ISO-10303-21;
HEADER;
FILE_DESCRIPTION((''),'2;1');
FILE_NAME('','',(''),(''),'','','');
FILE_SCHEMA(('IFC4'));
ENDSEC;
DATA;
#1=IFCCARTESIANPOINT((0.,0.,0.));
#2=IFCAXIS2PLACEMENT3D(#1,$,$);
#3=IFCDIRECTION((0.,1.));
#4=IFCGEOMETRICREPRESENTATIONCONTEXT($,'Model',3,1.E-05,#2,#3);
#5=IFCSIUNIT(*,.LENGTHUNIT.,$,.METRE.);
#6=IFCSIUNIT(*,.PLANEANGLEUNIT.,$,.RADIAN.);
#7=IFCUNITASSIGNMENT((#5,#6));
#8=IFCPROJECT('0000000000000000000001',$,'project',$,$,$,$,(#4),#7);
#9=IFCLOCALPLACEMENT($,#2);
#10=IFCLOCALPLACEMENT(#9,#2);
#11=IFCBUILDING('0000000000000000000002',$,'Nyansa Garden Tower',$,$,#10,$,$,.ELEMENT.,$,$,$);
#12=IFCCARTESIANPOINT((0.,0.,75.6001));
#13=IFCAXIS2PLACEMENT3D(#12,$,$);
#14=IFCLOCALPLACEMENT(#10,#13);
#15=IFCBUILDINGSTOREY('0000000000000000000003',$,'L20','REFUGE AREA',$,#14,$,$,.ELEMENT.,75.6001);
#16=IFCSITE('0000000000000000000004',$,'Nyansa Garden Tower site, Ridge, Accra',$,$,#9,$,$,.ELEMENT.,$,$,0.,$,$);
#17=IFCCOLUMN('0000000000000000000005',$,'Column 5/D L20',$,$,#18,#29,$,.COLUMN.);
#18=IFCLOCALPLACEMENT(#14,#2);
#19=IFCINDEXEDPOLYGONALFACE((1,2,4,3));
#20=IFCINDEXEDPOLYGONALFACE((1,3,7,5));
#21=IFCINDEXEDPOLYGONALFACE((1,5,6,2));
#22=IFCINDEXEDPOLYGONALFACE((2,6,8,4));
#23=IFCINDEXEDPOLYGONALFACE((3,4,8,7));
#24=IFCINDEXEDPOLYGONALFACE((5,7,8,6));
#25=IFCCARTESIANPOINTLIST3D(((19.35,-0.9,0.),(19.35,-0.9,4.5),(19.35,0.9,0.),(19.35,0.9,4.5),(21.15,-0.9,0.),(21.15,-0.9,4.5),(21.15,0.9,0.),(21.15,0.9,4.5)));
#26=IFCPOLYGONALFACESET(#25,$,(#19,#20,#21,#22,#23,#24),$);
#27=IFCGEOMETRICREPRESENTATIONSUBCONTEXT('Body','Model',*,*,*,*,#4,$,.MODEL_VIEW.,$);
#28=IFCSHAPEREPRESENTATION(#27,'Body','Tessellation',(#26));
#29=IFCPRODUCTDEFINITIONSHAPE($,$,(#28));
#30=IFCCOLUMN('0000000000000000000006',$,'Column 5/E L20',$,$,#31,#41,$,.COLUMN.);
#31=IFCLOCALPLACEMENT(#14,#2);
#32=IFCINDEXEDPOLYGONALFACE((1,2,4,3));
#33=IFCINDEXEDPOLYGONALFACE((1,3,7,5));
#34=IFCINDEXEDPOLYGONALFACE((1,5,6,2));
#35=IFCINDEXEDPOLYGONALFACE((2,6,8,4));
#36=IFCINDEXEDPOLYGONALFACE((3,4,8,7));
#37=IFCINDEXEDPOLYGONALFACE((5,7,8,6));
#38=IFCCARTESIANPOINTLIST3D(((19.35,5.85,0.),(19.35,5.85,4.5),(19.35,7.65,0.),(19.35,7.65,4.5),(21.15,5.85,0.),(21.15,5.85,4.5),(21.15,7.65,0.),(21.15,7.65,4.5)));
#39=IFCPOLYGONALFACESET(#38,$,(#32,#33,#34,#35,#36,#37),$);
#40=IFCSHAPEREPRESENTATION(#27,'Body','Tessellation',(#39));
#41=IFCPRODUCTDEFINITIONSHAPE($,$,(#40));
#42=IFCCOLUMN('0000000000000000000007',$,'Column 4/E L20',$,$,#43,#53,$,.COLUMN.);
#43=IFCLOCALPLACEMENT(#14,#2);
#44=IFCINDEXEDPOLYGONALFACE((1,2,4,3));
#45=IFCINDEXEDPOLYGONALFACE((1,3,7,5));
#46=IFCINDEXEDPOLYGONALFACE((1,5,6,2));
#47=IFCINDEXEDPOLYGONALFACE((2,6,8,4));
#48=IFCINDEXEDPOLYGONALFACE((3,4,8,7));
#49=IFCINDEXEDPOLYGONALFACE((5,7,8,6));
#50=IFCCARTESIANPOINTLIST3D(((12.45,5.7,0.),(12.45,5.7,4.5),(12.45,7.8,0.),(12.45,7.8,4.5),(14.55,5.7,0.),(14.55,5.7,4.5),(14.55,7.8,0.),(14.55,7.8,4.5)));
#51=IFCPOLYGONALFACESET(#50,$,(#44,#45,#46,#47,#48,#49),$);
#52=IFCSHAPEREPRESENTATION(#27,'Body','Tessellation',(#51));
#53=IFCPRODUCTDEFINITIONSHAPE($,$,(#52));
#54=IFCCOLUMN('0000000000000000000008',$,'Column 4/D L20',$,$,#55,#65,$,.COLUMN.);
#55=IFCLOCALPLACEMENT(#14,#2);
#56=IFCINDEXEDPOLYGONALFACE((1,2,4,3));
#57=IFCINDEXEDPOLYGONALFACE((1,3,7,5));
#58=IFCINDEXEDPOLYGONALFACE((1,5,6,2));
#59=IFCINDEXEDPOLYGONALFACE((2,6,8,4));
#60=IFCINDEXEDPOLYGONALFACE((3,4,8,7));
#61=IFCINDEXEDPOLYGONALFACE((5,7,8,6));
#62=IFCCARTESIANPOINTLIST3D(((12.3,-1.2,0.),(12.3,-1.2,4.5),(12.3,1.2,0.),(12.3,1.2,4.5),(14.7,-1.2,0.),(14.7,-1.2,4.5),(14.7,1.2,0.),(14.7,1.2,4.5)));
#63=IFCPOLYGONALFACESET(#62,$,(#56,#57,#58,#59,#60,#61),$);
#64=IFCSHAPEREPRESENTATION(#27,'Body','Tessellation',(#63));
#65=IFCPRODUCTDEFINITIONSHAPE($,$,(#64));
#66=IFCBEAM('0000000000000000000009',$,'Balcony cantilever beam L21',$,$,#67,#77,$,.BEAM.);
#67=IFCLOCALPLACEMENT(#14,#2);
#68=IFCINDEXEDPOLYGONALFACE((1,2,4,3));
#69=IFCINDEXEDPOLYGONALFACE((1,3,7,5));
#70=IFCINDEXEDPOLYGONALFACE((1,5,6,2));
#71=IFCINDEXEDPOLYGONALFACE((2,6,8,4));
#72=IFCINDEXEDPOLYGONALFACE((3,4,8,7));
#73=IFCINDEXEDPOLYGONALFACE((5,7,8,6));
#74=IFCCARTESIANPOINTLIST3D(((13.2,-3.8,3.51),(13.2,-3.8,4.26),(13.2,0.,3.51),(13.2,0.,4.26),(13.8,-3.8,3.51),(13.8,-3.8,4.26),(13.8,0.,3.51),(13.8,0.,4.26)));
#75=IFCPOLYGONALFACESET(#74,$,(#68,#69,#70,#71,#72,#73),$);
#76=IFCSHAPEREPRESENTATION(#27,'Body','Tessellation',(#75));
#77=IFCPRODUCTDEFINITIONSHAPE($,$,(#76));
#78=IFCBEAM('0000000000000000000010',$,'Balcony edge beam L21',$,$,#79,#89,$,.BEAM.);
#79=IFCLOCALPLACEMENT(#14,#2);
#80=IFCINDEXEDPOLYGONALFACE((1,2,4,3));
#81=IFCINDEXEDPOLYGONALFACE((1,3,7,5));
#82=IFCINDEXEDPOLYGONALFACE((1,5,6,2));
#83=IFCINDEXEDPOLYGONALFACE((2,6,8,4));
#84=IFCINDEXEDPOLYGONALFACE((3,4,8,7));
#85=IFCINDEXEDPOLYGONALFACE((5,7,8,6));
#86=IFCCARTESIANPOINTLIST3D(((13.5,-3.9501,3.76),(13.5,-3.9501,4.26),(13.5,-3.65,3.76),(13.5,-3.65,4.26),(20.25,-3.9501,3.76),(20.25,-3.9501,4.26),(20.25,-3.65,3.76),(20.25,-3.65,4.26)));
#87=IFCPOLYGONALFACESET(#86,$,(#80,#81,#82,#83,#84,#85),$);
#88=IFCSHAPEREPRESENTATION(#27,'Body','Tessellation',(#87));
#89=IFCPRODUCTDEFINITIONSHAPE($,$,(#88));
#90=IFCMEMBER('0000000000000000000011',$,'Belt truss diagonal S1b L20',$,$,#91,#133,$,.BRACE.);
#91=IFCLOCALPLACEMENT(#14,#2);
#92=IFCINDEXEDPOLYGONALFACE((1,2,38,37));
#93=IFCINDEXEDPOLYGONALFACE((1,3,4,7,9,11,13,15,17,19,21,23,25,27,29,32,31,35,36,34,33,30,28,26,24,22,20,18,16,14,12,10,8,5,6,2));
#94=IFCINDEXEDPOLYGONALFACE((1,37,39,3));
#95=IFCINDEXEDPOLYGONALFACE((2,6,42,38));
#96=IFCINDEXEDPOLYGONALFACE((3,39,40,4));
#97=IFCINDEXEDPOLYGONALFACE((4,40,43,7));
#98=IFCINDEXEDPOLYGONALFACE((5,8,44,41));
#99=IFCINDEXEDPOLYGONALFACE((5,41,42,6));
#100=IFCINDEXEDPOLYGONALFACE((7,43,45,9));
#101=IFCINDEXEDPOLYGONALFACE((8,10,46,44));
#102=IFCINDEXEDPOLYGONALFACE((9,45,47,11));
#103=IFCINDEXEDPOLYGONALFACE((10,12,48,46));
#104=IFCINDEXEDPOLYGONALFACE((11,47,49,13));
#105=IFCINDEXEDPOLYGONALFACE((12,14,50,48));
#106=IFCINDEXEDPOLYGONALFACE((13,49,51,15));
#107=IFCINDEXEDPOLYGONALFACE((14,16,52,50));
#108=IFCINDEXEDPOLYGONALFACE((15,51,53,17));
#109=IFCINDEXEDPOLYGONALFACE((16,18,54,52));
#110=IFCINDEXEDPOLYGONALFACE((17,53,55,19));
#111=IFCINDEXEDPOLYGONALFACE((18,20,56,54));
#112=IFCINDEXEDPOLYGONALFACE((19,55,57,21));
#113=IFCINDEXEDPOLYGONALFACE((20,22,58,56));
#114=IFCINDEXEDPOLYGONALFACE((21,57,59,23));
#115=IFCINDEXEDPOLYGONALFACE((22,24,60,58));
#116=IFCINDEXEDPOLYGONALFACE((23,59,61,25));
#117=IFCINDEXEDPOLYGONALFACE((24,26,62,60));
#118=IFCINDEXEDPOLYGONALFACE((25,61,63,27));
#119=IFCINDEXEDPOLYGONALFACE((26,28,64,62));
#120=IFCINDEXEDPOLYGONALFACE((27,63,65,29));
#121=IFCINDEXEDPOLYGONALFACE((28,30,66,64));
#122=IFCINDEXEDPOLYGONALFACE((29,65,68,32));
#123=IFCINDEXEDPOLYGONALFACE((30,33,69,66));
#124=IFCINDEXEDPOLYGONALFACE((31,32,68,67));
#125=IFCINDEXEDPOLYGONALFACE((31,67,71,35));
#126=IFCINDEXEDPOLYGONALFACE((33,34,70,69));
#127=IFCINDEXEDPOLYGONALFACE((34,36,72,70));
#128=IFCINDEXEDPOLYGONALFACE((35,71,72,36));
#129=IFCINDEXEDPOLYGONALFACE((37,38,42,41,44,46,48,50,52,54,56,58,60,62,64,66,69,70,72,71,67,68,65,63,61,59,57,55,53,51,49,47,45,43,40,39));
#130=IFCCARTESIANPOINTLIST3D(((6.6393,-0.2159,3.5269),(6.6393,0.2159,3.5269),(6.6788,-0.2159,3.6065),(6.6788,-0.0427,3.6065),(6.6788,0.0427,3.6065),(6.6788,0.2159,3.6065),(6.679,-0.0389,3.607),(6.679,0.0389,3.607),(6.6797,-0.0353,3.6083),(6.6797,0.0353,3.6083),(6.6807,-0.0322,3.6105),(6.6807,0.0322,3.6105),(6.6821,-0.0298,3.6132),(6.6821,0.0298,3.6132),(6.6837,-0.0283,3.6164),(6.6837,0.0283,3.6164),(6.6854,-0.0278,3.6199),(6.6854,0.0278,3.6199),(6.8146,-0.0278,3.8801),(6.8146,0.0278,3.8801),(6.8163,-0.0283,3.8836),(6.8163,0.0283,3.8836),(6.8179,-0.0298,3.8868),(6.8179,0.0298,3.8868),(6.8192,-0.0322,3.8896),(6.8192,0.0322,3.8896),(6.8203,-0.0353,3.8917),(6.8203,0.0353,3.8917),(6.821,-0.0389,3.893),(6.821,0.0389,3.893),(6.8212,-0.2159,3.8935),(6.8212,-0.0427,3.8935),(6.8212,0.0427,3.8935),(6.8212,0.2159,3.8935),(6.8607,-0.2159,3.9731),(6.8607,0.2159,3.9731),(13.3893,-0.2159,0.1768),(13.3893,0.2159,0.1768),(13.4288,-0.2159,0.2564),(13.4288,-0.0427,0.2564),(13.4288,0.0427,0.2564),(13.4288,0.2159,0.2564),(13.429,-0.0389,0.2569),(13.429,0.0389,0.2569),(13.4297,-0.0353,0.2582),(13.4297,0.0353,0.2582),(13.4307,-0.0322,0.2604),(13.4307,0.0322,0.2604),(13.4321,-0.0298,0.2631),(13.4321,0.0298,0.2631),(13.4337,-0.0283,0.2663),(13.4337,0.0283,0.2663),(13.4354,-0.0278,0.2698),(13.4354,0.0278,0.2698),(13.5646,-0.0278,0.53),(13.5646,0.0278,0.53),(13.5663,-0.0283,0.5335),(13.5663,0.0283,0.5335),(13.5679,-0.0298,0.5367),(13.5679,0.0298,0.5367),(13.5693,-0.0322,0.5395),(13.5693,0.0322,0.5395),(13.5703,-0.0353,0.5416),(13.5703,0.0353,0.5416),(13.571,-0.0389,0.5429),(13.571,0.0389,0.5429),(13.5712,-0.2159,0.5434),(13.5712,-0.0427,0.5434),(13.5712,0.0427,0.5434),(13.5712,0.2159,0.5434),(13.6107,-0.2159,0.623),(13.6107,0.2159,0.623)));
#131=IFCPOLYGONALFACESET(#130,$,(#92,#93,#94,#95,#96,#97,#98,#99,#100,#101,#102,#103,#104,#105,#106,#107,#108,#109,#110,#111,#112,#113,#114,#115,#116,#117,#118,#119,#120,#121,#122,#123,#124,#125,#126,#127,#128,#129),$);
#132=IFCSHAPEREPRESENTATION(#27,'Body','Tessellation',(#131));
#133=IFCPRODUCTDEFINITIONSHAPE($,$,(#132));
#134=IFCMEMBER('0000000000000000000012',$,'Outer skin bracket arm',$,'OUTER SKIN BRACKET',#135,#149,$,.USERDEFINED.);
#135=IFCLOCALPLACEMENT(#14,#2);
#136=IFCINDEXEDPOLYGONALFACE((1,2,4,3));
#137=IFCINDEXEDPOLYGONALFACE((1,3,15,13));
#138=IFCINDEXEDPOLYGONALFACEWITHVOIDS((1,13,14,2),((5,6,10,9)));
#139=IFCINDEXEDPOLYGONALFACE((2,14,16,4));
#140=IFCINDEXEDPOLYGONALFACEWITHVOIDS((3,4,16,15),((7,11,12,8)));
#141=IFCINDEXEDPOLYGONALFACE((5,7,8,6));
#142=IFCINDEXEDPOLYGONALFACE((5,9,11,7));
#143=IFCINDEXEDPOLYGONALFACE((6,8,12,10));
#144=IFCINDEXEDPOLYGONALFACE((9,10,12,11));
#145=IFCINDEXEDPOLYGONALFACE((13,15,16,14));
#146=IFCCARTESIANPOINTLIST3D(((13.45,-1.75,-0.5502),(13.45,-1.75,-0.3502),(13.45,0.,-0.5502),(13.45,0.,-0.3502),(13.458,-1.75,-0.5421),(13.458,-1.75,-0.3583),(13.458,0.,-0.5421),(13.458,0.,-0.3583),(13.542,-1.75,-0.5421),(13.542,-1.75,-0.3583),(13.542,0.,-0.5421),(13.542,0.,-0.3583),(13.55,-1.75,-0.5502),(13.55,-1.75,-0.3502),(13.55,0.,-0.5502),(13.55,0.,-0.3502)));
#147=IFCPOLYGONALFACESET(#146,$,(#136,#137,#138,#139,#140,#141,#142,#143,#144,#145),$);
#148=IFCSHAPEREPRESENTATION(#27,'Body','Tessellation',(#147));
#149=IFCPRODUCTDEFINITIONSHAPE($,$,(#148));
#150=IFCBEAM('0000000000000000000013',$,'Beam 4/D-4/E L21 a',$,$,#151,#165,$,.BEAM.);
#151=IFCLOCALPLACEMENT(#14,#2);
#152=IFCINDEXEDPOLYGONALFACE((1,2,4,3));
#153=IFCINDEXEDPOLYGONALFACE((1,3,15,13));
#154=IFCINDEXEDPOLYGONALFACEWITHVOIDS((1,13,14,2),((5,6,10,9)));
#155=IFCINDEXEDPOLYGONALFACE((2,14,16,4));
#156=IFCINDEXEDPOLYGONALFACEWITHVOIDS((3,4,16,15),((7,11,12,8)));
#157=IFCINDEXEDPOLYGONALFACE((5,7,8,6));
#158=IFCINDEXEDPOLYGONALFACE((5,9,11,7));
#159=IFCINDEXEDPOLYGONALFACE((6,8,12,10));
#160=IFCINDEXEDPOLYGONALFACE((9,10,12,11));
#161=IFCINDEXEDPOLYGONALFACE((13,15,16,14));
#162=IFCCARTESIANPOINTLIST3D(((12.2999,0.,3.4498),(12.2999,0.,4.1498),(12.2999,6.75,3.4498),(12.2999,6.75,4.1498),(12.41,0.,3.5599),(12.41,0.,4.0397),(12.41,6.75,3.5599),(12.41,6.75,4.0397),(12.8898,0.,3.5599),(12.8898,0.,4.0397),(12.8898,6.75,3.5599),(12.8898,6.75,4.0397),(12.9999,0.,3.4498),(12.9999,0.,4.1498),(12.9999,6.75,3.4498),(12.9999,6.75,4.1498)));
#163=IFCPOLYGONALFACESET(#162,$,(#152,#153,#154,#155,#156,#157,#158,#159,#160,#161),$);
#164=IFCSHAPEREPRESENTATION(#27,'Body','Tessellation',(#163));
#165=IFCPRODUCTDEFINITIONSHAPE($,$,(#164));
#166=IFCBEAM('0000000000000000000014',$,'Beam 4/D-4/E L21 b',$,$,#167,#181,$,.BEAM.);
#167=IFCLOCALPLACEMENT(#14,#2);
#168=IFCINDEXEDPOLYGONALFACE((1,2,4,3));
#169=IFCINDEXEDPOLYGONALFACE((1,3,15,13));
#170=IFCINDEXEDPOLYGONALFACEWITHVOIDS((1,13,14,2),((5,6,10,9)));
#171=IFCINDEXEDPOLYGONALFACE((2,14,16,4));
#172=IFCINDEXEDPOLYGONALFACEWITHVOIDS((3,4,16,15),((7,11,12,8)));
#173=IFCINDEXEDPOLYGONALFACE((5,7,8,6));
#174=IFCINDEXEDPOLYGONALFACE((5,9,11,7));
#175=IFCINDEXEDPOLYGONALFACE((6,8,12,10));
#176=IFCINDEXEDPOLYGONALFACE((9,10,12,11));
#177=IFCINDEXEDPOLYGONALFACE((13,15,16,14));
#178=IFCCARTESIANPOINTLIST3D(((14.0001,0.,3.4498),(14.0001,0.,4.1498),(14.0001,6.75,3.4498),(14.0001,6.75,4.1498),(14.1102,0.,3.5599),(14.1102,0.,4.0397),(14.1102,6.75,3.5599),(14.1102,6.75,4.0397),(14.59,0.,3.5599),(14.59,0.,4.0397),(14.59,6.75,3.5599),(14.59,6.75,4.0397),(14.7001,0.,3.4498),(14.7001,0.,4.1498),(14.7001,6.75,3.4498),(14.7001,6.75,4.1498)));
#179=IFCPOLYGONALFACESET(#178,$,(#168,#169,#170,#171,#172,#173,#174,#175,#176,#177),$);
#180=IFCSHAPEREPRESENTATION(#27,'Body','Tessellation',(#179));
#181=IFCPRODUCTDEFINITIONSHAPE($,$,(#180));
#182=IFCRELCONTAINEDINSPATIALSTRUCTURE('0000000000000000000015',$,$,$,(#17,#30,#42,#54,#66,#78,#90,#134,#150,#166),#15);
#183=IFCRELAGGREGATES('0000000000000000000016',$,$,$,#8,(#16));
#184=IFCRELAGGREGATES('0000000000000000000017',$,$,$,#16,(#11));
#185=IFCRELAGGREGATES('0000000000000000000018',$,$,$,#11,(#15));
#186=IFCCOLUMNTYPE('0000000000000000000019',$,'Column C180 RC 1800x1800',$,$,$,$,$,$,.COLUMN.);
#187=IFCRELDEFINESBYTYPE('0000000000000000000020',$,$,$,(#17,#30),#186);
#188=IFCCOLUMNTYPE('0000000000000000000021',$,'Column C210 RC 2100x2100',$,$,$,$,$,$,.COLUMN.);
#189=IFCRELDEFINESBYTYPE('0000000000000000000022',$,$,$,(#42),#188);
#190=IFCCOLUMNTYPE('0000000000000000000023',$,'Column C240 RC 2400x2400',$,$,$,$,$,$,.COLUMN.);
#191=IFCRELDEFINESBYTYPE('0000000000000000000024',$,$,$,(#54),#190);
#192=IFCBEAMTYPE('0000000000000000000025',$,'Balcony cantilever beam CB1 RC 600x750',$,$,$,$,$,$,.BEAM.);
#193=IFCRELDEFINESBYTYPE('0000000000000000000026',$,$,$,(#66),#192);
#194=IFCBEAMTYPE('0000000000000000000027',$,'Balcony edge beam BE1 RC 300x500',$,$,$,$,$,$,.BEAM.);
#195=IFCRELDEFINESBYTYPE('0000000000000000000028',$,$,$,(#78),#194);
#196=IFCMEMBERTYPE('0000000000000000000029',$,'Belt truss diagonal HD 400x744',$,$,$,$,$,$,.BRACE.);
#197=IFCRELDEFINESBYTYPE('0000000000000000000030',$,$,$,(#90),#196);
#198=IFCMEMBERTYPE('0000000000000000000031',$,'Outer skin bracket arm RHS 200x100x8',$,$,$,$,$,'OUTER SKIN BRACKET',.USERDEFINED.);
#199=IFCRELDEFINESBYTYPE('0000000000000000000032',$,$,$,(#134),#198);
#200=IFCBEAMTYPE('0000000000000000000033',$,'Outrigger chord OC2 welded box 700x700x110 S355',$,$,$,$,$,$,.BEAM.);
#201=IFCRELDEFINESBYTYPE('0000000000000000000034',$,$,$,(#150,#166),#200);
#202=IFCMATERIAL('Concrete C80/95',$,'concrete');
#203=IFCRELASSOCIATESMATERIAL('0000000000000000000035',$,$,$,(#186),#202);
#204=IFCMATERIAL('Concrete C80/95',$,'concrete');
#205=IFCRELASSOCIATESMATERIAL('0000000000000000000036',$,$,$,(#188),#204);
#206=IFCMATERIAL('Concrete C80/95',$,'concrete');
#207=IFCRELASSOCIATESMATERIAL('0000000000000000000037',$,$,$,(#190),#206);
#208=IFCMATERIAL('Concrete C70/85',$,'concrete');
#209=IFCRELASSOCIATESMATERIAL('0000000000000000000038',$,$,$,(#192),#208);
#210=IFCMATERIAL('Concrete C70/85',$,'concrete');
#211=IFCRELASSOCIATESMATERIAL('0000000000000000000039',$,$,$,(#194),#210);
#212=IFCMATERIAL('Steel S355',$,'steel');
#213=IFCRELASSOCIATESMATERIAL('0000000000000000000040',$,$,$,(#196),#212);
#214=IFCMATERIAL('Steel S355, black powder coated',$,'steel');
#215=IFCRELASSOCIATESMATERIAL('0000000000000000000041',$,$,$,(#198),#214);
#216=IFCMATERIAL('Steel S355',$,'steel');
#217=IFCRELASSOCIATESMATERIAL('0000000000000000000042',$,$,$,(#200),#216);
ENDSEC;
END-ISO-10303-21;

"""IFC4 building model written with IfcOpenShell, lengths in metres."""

from ifc_helpers import new_model, si_unit, direction, frame, origin, origin_2d, place, context, subcontext, project, spatial, rectangle, hollow_rectangle, i_section, extrude, material, material_profile, profile_set, type_object, element, save


model = new_model("IFC4")

# Units and contexts
model_context = context("Model", 3, precision=1e-05, world=origin(), true_north=direction((0.0, 1.0)))
body_context = subcontext(model_context, "Body", "Model", "MODEL_VIEW")
ifc_project = project(units=[si_unit("LENGTHUNIT", "METRE"), si_unit("PLANEANGLEUNIT", "RADIAN")], contexts=[model_context])

# Site, building, storey
site_placement = place(None, origin())
site = spatial("IfcSite", under=ifc_project, at=site_placement, Name="Nyansa Garden Tower site, Ridge, Accra", CompositionType="ELEMENT", RefElevation=0.0)
building_placement = place(site_placement, origin())
building = spatial("IfcBuilding", under=site, at=building_placement, Name="Nyansa Garden Tower", CompositionType="ELEMENT")
storey_placement = place(building_placement, frame((0.0, 0.0, 75.6001)))
storey = spatial("IfcBuildingStorey", under=building, at=storey_placement, Name="L20", Description="REFUGE AREA", CompositionType="ELEMENT", Elevation=75.6001)

# Columns
ifc_material_1 = material(Name="Concrete C80/95", Category="concrete")
ifc_material_profile_1 = material_profile(ifc_material_1, rectangle(XDim=1.8, YDim=1.8, at=origin_2d()), Name="RC 1800x1800")
ifc_profile_set_1 = profile_set([ifc_material_profile_1], Name="Concrete C80/95")
column_type_1 = type_object("IfcColumnType", Name="Column C180 RC 1800x1800", PredefinedType="COLUMN", material=ifc_profile_set_1)
for number, where, z_axis, x_axis, name in (
    (1, (20.25, 0.0, 0.0), (0.0, 0.0, 1.0), (1.0, 0.0, 0.0), "Column 5/D L20"),
    (2, (20.25, 6.75, 0.0), (0.0, 0.0, 1.0), (1.0, 0.0, 0.0), "Column 5/E L20"),
):
    element("IfcColumn", number, at=place(storey_placement, frame(where, z_axis=z_axis, x_axis=x_axis)), inside=storey, type_object=column_type_1, Name=name, PredefinedType="COLUMN", context=body_context, shape_type="SweptSolid", body=[
        extrude(rectangle(XDim=1.8, YDim=1.8, at=origin_2d()), origin(), (0.0, 0.0, 1.0), 4.5),
    ])
ifc_material_2 = material(Name="Concrete C80/95", Category="concrete")
ifc_material_profile_2 = material_profile(ifc_material_2, rectangle(XDim=2.1001, YDim=2.1001, at=origin_2d()), Name="RC 2100x2100")
ifc_profile_set_2 = profile_set([ifc_material_profile_2], Name="Concrete C80/95")
column_type_2 = type_object("IfcColumnType", Name="Column C210 RC 2100x2100", PredefinedType="COLUMN", material=ifc_profile_set_2)
column_1_placement = place(storey_placement, frame((13.5, 6.75, 0.0), z_axis=(0.0, 0.0, 1.0), x_axis=(1.0, 0.0, 0.0)))
element("IfcColumn", 3, at=column_1_placement, inside=storey, type_object=column_type_2, Name="Column 4/E L20", PredefinedType="COLUMN", context=body_context, shape_type="SweptSolid", body=[
    extrude(rectangle(XDim=2.1001, YDim=2.1001, at=origin_2d()), origin(), (0.0, 0.0, 1.0), 4.5),
])
ifc_material_3 = material(Name="Concrete C80/95", Category="concrete")
ifc_material_profile_3 = material_profile(ifc_material_3, rectangle(XDim=2.3999, YDim=2.3999, at=origin_2d()), Name="RC 2400x2400")
ifc_profile_set_3 = profile_set([ifc_material_profile_3], Name="Concrete C80/95")
column_type_3 = type_object("IfcColumnType", Name="Column C240 RC 2400x2400", PredefinedType="COLUMN", material=ifc_profile_set_3)
column_2_placement = place(storey_placement, frame((13.5, 0.0, 0.0), z_axis=(0.0, 0.0, 1.0), x_axis=(1.0, 0.0, 0.0)))
element("IfcColumn", 4, at=column_2_placement, inside=storey, type_object=column_type_3, Name="Column 4/D L20", PredefinedType="COLUMN", context=body_context, shape_type="SweptSolid", body=[
    extrude(rectangle(XDim=2.3999, YDim=2.3999, at=origin_2d()), origin(), (0.0, 0.0, 1.0), 4.5),
])

# Beams
ifc_material_4 = material(Name="Concrete C70/85", Category="concrete")
ifc_material_profile_4 = material_profile(ifc_material_4, rectangle(XDim=0.6001, YDim=0.75, at=origin_2d()), Name="RC 600x750")
ifc_profile_set_4 = profile_set([ifc_material_profile_4], Name="Concrete C70/85")
beam_type_1 = type_object("IfcBeamType", Name="Balcony cantilever beam CB1 RC 600x750", PredefinedType="BEAM", material=ifc_profile_set_4)
beam_1_placement = place(storey_placement, frame((13.5, 0.0, 3.885), z_axis=(0.0, -1.0, 0.0), x_axis=(1.0, 0.0, 0.0)))
element("IfcBeam", 5, at=beam_1_placement, inside=storey, type_object=beam_type_1, Name="Balcony cantilever beam L21", PredefinedType="BEAM", context=body_context, shape_type="SweptSolid", body=[
    extrude(rectangle(XDim=0.6001, YDim=0.75, at=origin_2d()), origin(), (0.0, 0.0, 1.0), 3.8),
])
ifc_material_5 = material(Name="Concrete C70/85", Category="concrete")
ifc_material_profile_5 = material_profile(ifc_material_5, rectangle(XDim=0.3, YDim=0.5, at=origin_2d()), Name="RC 300x500")
ifc_profile_set_5 = profile_set([ifc_material_profile_5], Name="Concrete C70/85")
beam_type_2 = type_object("IfcBeamType", Name="Balcony edge beam BE1 RC 300x500", PredefinedType="BEAM", material=ifc_profile_set_5)
beam_2_placement = place(storey_placement, frame((13.5, -3.8, 4.01), z_axis=(1.0, 0.0, 0.0), x_axis=(0.0, 1.0, 0.0)))
element("IfcBeam", 6, at=beam_2_placement, inside=storey, type_object=beam_type_2, Name="Balcony edge beam L21", PredefinedType="BEAM", context=body_context, shape_type="SweptSolid", body=[
    extrude(rectangle(XDim=0.3, YDim=0.5, at=origin_2d()), origin(), (0.0, 0.0, 1.0), 6.75),
])

# Members
ifc_material_6 = material(Name="Steel S355", Category="steel")
ifc_material_profile_6 = material_profile(ifc_material_6, i_section(OverallWidth=0.4319, OverallDepth=0.498, WebThickness=0.0557, FlangeThickness=0.0889, FilletRadius=0.0149, at=origin_2d()), Name="HD 400x744")
ifc_profile_set_6 = profile_set([ifc_material_profile_6], Name="Steel S355")
member_type_1 = type_object("IfcMemberType", Name="Belt truss diagonal HD 400x744", PredefinedType="BRACE", material=ifc_profile_set_6)
member_1_placement = place(storey_placement, frame((13.5, 0.0, 0.3999), z_axis=(-0.895745, 0.0, 0.444568), x_axis=(0.0, -1.0, 0.0)))
element("IfcMember", 7, at=member_1_placement, inside=storey, type_object=member_type_1, Name="Belt truss diagonal S1b L20", PredefinedType="BRACE", context=body_context, shape_type="SweptSolid", body=[
    extrude(i_section(OverallWidth=0.4319, OverallDepth=0.498, WebThickness=0.0557, FlangeThickness=0.0889, FilletRadius=0.0149, at=origin_2d()), origin(), (0.0, 0.0, 1.0), 7.5356),
])
ifc_material_7 = material(Name="Steel S355, black powder coated", Category="steel")
ifc_material_profile_7 = material_profile(ifc_material_7, hollow_rectangle(XDim=0.1001, YDim=0.2, WallThickness=0.0081, at=origin_2d()), Name="RHS 200x100x8")
ifc_profile_set_7 = profile_set([ifc_material_profile_7], Name="Steel S355, black powder coated")
member_type_2 = type_object("IfcMemberType", Name="Outer skin bracket arm RHS 200x100x8", ElementType="OUTER SKIN BRACKET", PredefinedType="USERDEFINED", material=ifc_profile_set_7)
member_2_placement = place(storey_placement, frame((13.5, 0.0, -0.4502), z_axis=(0.0, -1.0, 0.0), x_axis=(1.0, 0.0, 0.0)))
element("IfcMember", 8, at=member_2_placement, inside=storey, type_object=member_type_2, Name="Outer skin bracket arm", ObjectType="OUTER SKIN BRACKET", PredefinedType="USERDEFINED", context=body_context, shape_type="SweptSolid", body=[
    extrude(hollow_rectangle(XDim=0.1001, YDim=0.2, WallThickness=0.0081, at=origin_2d()), origin(), (0.0, 0.0, 1.0), 1.75),
])

# Beams
ifc_material_8 = material(Name="Steel S355", Category="steel")
ifc_material_profile_8 = material_profile(ifc_material_8, hollow_rectangle(XDim=0.7, YDim=0.7, WallThickness=0.1101, at=origin_2d()), Name="Welded box 700x700x110")
ifc_profile_set_8 = profile_set([ifc_material_profile_8], Name="Steel S355")
beam_type_3 = type_object("IfcBeamType", Name="Outrigger chord OC2 welded box 700x700x110 S355", PredefinedType="BEAM", material=ifc_profile_set_8)
for number, where, z_axis, x_axis, name in (
    (9, (12.6499, 0.0, 3.7998), (0.0, 1.0, 0.0), (-1.0, 0.0, 0.0), "Beam 4/D-4/E L21 a"),
    (10, (14.3501, 0.0, 3.7998), (0.0, 1.0, 0.0), (-1.0, 0.0, 0.0), "Beam 4/D-4/E L21 b"),
):
    element("IfcBeam", number, at=place(storey_placement, frame(where, z_axis=z_axis, x_axis=x_axis)), inside=storey, type_object=beam_type_3, Name=name, PredefinedType="BEAM", context=body_context, shape_type="SweptSolid", body=[
        extrude(hollow_rectangle(XDim=0.7, YDim=0.7, WallThickness=0.1101, at=origin_2d()), origin(), (0.0, 0.0, 1.0), 6.75),
    ])

save(model, "model.ifc")
